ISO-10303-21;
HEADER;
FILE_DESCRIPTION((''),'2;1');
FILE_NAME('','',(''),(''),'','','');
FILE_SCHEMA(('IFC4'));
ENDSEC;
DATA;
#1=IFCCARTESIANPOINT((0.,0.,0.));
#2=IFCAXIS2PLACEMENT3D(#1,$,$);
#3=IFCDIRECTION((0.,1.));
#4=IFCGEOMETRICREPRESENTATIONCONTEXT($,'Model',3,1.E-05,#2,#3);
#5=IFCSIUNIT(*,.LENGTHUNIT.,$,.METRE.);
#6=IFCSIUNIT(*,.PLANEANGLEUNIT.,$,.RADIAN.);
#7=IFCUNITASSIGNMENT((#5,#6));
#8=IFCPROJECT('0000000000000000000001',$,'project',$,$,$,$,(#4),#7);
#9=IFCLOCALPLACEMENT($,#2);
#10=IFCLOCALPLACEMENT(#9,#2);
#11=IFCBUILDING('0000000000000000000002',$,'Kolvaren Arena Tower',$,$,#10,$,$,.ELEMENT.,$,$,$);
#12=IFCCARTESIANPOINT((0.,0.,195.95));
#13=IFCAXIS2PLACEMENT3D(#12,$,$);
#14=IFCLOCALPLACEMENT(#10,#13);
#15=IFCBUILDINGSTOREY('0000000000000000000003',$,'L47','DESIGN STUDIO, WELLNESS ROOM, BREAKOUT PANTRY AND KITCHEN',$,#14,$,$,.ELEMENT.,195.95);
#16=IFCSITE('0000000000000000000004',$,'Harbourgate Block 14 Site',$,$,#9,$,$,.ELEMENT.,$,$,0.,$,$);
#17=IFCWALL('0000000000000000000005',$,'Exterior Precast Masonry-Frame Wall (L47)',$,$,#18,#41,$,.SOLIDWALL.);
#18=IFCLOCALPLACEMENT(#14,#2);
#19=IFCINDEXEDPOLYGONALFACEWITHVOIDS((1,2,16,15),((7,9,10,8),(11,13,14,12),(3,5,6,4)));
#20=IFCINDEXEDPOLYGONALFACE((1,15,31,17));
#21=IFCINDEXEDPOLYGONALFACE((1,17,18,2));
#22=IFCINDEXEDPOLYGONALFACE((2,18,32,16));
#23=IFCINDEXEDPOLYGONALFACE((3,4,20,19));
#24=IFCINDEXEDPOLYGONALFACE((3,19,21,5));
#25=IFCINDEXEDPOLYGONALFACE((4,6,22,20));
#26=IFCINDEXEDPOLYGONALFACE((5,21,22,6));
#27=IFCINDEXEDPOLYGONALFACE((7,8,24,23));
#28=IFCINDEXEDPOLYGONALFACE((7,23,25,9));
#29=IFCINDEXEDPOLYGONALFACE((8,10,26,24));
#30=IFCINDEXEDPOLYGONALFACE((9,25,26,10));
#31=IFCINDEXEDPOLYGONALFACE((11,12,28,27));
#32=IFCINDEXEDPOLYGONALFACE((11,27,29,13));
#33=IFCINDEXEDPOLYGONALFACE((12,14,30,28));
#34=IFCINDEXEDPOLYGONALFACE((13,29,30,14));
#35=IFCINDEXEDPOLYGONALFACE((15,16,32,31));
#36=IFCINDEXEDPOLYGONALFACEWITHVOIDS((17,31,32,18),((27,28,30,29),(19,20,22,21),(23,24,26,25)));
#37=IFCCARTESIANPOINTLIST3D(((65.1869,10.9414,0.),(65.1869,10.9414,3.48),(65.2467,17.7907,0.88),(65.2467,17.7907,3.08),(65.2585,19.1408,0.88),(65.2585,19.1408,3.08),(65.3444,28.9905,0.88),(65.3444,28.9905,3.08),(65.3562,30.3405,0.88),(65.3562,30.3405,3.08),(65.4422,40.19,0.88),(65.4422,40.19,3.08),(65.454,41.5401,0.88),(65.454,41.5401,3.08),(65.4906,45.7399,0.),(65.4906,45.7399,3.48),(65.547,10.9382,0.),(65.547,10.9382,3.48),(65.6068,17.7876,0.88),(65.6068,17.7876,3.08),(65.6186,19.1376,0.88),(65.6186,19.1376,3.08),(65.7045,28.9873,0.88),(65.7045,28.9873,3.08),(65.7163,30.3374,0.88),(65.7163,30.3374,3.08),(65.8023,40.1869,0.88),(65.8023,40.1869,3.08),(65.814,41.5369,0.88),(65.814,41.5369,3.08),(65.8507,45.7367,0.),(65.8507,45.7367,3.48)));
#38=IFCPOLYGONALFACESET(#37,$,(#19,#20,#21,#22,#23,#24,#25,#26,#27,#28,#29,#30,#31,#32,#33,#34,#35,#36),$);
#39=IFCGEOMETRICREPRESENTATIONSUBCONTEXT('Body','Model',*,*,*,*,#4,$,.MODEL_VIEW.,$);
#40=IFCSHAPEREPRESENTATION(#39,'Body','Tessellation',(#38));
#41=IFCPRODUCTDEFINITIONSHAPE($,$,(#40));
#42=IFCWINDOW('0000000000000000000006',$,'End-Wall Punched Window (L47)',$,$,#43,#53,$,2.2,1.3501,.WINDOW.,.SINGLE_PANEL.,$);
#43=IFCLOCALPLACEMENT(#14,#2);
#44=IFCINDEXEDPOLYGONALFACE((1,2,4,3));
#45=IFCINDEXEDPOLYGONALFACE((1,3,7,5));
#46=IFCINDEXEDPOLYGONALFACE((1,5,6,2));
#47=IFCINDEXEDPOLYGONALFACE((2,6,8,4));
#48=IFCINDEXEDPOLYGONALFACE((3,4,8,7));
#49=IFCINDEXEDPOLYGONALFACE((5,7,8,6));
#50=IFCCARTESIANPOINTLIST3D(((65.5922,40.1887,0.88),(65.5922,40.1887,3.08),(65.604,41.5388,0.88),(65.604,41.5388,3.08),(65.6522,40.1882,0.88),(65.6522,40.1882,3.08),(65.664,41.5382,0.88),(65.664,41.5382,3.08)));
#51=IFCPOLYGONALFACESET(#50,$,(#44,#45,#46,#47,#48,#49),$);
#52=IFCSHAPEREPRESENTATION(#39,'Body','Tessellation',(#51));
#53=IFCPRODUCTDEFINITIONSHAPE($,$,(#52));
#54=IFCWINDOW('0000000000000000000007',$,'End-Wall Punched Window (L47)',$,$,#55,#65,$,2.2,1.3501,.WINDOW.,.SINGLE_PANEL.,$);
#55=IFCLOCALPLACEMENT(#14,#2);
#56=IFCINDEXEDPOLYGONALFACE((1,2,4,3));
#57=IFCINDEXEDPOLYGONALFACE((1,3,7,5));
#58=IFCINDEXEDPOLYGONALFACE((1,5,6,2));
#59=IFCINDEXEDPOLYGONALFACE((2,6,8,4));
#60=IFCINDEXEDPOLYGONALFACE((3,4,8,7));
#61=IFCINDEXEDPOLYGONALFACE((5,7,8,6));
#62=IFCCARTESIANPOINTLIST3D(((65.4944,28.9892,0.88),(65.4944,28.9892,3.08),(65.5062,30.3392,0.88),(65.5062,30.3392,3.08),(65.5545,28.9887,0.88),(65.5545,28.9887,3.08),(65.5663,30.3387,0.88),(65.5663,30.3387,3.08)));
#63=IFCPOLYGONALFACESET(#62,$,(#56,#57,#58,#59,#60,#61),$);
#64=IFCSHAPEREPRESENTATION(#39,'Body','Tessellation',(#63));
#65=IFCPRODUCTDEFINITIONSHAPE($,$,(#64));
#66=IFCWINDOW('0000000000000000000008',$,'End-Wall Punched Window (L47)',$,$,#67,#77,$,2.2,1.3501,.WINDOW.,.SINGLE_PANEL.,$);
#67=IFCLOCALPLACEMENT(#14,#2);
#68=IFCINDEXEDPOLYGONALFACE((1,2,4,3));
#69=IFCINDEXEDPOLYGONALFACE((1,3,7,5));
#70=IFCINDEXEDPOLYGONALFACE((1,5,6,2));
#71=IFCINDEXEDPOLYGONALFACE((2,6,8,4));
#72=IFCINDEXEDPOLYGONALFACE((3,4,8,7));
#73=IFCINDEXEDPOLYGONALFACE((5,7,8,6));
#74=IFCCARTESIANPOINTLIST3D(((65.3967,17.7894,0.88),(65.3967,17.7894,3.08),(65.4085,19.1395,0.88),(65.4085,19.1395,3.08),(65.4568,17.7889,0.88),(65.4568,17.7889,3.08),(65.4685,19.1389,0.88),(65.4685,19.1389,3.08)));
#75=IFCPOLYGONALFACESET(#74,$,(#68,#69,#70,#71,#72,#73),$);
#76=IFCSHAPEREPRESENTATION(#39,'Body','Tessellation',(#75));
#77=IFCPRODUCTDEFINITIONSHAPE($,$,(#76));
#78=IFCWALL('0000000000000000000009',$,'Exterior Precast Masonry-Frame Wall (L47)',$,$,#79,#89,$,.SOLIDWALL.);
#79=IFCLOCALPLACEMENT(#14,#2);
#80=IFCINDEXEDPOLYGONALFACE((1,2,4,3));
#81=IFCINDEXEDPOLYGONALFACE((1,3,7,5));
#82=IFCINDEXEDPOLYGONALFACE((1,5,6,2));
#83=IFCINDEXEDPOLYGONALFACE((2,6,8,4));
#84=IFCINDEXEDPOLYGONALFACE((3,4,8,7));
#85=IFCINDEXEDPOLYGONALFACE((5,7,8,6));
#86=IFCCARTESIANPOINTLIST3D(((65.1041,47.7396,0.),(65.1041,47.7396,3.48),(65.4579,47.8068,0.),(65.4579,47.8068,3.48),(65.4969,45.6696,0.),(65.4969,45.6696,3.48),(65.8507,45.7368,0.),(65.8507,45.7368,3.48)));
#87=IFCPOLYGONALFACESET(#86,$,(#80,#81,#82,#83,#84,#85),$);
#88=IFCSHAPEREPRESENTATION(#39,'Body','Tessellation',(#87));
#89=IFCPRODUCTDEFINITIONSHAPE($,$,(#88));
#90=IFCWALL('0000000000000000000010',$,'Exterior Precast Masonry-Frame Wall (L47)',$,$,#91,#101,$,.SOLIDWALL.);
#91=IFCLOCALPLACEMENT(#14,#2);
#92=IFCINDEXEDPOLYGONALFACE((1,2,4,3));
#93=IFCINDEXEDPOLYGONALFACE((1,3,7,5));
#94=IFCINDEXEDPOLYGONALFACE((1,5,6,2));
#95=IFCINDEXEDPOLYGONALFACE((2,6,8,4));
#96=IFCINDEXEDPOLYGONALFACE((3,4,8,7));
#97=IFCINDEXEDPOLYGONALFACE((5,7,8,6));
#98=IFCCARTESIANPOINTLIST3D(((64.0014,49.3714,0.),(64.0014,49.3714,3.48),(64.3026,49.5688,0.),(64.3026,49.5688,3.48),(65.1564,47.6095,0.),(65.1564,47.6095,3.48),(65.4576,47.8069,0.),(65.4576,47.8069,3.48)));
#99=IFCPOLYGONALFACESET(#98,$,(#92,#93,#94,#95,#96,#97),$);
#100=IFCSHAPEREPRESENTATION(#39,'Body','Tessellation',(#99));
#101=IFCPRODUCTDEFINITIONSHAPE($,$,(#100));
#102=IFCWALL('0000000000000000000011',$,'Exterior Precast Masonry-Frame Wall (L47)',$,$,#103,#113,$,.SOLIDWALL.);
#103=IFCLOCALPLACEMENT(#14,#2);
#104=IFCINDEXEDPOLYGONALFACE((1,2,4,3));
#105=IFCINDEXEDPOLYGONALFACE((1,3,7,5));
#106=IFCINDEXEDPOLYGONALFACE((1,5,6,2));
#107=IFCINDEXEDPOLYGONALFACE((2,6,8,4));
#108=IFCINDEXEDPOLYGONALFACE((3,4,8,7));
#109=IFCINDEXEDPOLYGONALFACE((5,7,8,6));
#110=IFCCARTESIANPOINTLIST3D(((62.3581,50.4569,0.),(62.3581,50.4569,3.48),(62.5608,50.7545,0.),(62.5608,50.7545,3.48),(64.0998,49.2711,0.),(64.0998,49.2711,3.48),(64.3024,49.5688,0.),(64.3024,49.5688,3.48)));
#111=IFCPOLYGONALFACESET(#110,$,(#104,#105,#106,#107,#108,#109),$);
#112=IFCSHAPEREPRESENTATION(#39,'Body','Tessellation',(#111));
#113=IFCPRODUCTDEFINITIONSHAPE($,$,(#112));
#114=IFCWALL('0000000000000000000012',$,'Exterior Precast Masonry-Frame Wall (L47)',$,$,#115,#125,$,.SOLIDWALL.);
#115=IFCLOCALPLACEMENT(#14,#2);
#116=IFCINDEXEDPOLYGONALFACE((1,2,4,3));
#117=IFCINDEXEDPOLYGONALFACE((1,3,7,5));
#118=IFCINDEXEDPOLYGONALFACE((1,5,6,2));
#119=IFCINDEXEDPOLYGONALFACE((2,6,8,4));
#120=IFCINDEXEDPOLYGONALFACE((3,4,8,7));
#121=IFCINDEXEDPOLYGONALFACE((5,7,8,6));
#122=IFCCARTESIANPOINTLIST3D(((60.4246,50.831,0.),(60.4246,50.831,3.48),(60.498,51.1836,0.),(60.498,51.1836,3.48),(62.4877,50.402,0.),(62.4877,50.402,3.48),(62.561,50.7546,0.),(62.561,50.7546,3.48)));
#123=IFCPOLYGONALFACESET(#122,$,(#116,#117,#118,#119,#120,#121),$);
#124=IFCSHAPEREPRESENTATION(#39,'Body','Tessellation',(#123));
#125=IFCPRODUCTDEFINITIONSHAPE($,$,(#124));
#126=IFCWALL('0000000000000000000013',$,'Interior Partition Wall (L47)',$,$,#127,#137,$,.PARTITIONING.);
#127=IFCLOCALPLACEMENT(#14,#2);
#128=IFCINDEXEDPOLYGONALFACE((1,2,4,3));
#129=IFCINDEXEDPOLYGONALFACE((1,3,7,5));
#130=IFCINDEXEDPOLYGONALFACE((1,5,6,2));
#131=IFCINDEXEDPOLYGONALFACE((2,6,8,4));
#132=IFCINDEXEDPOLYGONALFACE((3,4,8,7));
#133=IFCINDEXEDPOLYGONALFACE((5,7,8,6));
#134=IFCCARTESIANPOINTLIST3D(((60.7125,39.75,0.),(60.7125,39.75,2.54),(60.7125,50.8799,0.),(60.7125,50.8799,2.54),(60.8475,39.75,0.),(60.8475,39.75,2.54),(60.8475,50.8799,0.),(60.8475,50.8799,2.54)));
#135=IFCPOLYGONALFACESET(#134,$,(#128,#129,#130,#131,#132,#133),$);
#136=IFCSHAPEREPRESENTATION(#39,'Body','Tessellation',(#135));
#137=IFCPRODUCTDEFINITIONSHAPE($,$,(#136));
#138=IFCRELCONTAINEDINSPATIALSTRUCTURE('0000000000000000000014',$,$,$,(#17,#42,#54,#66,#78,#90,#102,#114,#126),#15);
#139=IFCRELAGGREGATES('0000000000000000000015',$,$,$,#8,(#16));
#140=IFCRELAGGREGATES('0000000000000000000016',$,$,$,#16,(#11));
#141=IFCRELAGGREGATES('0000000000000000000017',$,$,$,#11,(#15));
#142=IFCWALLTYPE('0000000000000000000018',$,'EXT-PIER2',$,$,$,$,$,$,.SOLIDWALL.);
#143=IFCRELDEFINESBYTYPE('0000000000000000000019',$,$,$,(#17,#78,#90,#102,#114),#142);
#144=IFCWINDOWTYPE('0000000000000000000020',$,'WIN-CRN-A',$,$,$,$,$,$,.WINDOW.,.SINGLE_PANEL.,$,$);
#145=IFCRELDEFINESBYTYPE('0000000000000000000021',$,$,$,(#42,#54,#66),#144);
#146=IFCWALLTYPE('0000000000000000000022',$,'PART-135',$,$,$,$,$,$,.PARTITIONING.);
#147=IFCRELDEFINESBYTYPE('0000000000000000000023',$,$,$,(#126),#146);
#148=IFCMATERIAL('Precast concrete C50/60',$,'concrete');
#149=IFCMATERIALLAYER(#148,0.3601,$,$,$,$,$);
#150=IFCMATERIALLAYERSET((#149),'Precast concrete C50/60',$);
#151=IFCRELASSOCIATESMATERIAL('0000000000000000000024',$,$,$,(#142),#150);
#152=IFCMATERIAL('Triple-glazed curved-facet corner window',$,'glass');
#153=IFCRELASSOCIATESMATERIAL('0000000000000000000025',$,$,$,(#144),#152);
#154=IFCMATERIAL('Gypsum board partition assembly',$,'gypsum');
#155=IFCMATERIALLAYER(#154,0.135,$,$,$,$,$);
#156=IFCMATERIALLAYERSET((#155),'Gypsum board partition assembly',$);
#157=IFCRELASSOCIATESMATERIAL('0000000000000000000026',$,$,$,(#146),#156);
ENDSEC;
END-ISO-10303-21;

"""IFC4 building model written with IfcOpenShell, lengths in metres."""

from ifc_helpers import new_model, si_unit, direction, frame, frame_2d, origin, place, context, subcontext, project, spatial, rectangle, extrude, material, layer, layer_set, type_object, element, fill, save


model = new_model("IFC4")

# Units and contexts
model_context = context("Model", 3, precision=1e-05, world=origin(), true_north=direction((0.0, 1.0)))
body_context = subcontext(model_context, "Body", "Model", "MODEL_VIEW")
ifc_project = project(units=[si_unit("LENGTHUNIT", "METRE"), si_unit("PLANEANGLEUNIT", "RADIAN")], contexts=[model_context])

# Site, building, storey
site_placement = place(None, origin())
site = spatial("IfcSite", under=ifc_project, at=site_placement, Name="Harbourgate Block 14 Site", CompositionType="ELEMENT", RefElevation=0.0)
building_placement = place(site_placement, origin())
building = spatial("IfcBuilding", under=site, at=building_placement, Name="Kolvaren Arena Tower", CompositionType="ELEMENT")
storey_placement = place(building_placement, frame((0.0, 0.0, 195.95)))
storey = spatial("IfcBuildingStorey", under=building, at=storey_placement, Name="L47", Description="DESIGN STUDIO, WELLNESS ROOM, BREAKOUT PANTRY AND KITCHEN", CompositionType="ELEMENT", Elevation=195.95)

# Wall, openings, windows
ifc_material_1 = material(Name="Precast concrete C50/60", Category="concrete")
ifc_layer_1 = layer(ifc_material_1, 0.3601)
ifc_layer_set_1 = layer_set([ifc_layer_1], Name="Precast concrete C50/60")
wall_type_1 = type_object("IfcWallType", Name="EXT-PIER2", PredefinedType="SOLIDWALL", material=ifc_layer_set_1)
wall_1_placement = place(storey_placement, frame((65.6707, 45.7383, 0.0), z_axis=(0.0, 0.0, 1.0), x_axis=(-0.008727, -0.999962, 0.0)))
wall_1 = element("IfcWall", 1, at=wall_1_placement, inside=storey, type_object=wall_type_1, Name="Exterior Precast Masonry-Frame Wall (L47)", PredefinedType="SOLIDWALL", context=body_context, shape_type="SweptSolid", body=[
    extrude(rectangle(XDim=34.7998, YDim=0.3601, at=frame_2d((17.3999, 0.0))), origin(), (0.0, 0.0, 1.0), 3.48),
])
opening_1_placement = place(wall_1_placement, frame((4.2, 0.0, 0.8799)))
opening_1 = element("IfcOpeningElement", 2, at=opening_1_placement, cuts=wall_1, PredefinedType="OPENING", context=body_context, shape_type="SweptSolid", body=[
    extrude(rectangle(XDim=1.3501, YDim=2.2, at=frame_2d((0.675, 1.1001))), frame((0.0, 0.1899, 0.0), z_axis=(0.0, -1.0, 0.0), x_axis=(1.0, 0.0, 0.0)), (0.0, 0.0, 1.0), 0.3801),
])
opening_2_placement = place(wall_1_placement, frame((15.3999, 0.0, 0.8799)))
opening_2 = element("IfcOpeningElement", 3, at=opening_2_placement, cuts=wall_1, PredefinedType="OPENING", context=body_context, shape_type="SweptSolid", body=[
    extrude(rectangle(XDim=1.3501, YDim=2.2, at=frame_2d((0.675, 1.1001))), frame((0.0, 0.1899, 0.0), z_axis=(0.0, -1.0, 0.0), x_axis=(1.0, 0.0, 0.0)), (0.0, 0.0, 1.0), 0.3801),
])
opening_3_placement = place(wall_1_placement, frame((26.6001, 0.0, 0.8799)))
opening_3 = element("IfcOpeningElement", 4, at=opening_3_placement, cuts=wall_1, PredefinedType="OPENING", context=body_context, shape_type="SweptSolid", body=[
    extrude(rectangle(XDim=1.3501, YDim=2.2, at=frame_2d((0.675, 1.1001))), frame((0.0, 0.1899, 0.0), z_axis=(0.0, -1.0, 0.0), x_axis=(1.0, 0.0, 0.0)), (0.0, 0.0, 1.0), 0.3801),
])
ifc_material_2 = material(Name="Triple-glazed curved-facet corner window", Category="glass")
window_type = type_object("IfcWindowType", Name="WIN-CRN-A", PartitioningType="SINGLE_PANEL", PredefinedType="WINDOW", material=ifc_material_2)
window_1_placement = place(opening_1_placement, origin())
window_1 = element("IfcWindow", 5, at=window_1_placement, inside=storey, type_object=window_type, Name="End-Wall Punched Window (L47)", OverallHeight=2.2, OverallWidth=1.3501, PartitioningType="SINGLE_PANEL", PredefinedType="WINDOW", context=body_context, shape_type="SweptSolid", body=[
    extrude(rectangle(XDim=1.3501, YDim=2.2, at=frame_2d((0.675, 1.1001))), frame((0.0, 0.03, 0.0), z_axis=(0.0, -1.0, 0.0), x_axis=(1.0, 0.0, 0.0)), (0.0, 0.0, 1.0), 0.0601),
])
fill(opening_1, window_1)
window_2_placement = place(opening_2_placement, origin())
window_2 = element("IfcWindow", 6, at=window_2_placement, inside=storey, type_object=window_type, Name="End-Wall Punched Window (L47)", OverallHeight=2.2, OverallWidth=1.3501, PartitioningType="SINGLE_PANEL", PredefinedType="WINDOW", context=body_context, shape_type="SweptSolid", body=[
    extrude(rectangle(XDim=1.3501, YDim=2.2, at=frame_2d((0.675, 1.1001))), frame((0.0, 0.03, 0.0), z_axis=(0.0, -1.0, 0.0), x_axis=(1.0, 0.0, 0.0)), (0.0, 0.0, 1.0), 0.0601),
])
fill(opening_2, window_2)
window_3_placement = place(opening_3_placement, origin())
window_3 = element("IfcWindow", 7, at=window_3_placement, inside=storey, type_object=window_type, Name="End-Wall Punched Window (L47)", OverallHeight=2.2, OverallWidth=1.3501, PartitioningType="SINGLE_PANEL", PredefinedType="WINDOW", context=body_context, shape_type="SweptSolid", body=[
    extrude(rectangle(XDim=1.3501, YDim=2.2, at=frame_2d((0.675, 1.1001))), frame((0.0, 0.03, 0.0), z_axis=(0.0, -1.0, 0.0), x_axis=(1.0, 0.0, 0.0)), (0.0, 0.0, 1.0), 0.0601),
])
fill(opening_3, window_3)

# Walls
wall_2_placement = place(storey_placement, frame((65.281, 47.7732, 0.0), z_axis=(0.0, 0.0, 1.0), x_axis=(0.186436, -0.982467, 0.0)))
element("IfcWall", 8, at=wall_2_placement, inside=storey, type_object=wall_type_1, Name="Exterior Precast Masonry-Frame Wall (L47)", PredefinedType="SOLIDWALL", context=body_context, shape_type="SweptSolid", body=[
    extrude(rectangle(XDim=2.1069, YDim=0.3601, at=frame_2d((1.0535, 0.0))), origin(), (0.0, 0.0, 1.0), 3.48),
])
wall_3_placement = place(storey_placement, frame((64.1521, 49.47, 0.0), z_axis=(0.0, 0.0, 1.0), x_axis=(0.548239, -0.836322, 0.0)))
element("IfcWall", 9, at=wall_3_placement, inside=storey, type_object=wall_type_1, Name="Exterior Precast Masonry-Frame Wall (L47)", PredefinedType="SOLIDWALL", context=body_context, shape_type="SweptSolid", body=[
    extrude(rectangle(XDim=2.1067, YDim=0.3601, at=frame_2d((1.0532, 0.0))), origin(), (0.0, 0.0, 1.0), 3.48),
])
wall_4_placement = place(storey_placement, frame((62.4595, 50.6057, 0.0), z_axis=(0.0, 0.0, 1.0), x_axis=(0.82661, -0.562776, 0.0)))
element("IfcWall", 10, at=wall_4_placement, inside=storey, type_object=wall_type_1, Name="Exterior Precast Masonry-Frame Wall (L47)", PredefinedType="SOLIDWALL", context=body_context, shape_type="SweptSolid", body=[
    extrude(rectangle(XDim=2.1069, YDim=0.3601, at=frame_2d((1.0535, 0.0))), origin(), (0.0, 0.0, 1.0), 3.48),
])
wall_5_placement = place(storey_placement, frame((60.4612, 51.0073, 0.0), z_axis=(0.0, 0.0, 1.0), x_axis=(0.979059, -0.203575, 0.0)))
element("IfcWall", 11, at=wall_5_placement, inside=storey, type_object=wall_type_1, Name="Exterior Precast Masonry-Frame Wall (L47)", PredefinedType="SOLIDWALL", context=body_context, shape_type="SweptSolid", body=[
    extrude(rectangle(XDim=2.1072, YDim=0.3601, at=frame_2d((1.0537, 0.0))), origin(), (0.0, 0.0, 1.0), 3.48),
])
ifc_material_3 = material(Name="Gypsum board partition assembly", Category="gypsum")
ifc_layer_2 = layer(ifc_material_3, 0.135)
ifc_layer_set_2 = layer_set([ifc_layer_2], Name="Gypsum board partition assembly")
wall_type_2 = type_object("IfcWallType", Name="PART-135", PredefinedType="PARTITIONING", material=ifc_layer_set_2)
wall_6_placement = place(storey_placement, frame((60.78, 39.75, 0.0), z_axis=(0.0, 0.0, 1.0), x_axis=(0.0, 1.0, 0.0)))
element("IfcWall", 12, at=wall_6_placement, inside=storey, type_object=wall_type_2, Name="Interior Partition Wall (L47)", PredefinedType="PARTITIONING", context=body_context, shape_type="SweptSolid", body=[
    extrude(rectangle(XDim=11.1299, YDim=0.135, at=frame_2d((5.5649, 0.0))), origin(), (0.0, 0.0, 1.0), 2.54),
])

save(model, "model.ifc")
